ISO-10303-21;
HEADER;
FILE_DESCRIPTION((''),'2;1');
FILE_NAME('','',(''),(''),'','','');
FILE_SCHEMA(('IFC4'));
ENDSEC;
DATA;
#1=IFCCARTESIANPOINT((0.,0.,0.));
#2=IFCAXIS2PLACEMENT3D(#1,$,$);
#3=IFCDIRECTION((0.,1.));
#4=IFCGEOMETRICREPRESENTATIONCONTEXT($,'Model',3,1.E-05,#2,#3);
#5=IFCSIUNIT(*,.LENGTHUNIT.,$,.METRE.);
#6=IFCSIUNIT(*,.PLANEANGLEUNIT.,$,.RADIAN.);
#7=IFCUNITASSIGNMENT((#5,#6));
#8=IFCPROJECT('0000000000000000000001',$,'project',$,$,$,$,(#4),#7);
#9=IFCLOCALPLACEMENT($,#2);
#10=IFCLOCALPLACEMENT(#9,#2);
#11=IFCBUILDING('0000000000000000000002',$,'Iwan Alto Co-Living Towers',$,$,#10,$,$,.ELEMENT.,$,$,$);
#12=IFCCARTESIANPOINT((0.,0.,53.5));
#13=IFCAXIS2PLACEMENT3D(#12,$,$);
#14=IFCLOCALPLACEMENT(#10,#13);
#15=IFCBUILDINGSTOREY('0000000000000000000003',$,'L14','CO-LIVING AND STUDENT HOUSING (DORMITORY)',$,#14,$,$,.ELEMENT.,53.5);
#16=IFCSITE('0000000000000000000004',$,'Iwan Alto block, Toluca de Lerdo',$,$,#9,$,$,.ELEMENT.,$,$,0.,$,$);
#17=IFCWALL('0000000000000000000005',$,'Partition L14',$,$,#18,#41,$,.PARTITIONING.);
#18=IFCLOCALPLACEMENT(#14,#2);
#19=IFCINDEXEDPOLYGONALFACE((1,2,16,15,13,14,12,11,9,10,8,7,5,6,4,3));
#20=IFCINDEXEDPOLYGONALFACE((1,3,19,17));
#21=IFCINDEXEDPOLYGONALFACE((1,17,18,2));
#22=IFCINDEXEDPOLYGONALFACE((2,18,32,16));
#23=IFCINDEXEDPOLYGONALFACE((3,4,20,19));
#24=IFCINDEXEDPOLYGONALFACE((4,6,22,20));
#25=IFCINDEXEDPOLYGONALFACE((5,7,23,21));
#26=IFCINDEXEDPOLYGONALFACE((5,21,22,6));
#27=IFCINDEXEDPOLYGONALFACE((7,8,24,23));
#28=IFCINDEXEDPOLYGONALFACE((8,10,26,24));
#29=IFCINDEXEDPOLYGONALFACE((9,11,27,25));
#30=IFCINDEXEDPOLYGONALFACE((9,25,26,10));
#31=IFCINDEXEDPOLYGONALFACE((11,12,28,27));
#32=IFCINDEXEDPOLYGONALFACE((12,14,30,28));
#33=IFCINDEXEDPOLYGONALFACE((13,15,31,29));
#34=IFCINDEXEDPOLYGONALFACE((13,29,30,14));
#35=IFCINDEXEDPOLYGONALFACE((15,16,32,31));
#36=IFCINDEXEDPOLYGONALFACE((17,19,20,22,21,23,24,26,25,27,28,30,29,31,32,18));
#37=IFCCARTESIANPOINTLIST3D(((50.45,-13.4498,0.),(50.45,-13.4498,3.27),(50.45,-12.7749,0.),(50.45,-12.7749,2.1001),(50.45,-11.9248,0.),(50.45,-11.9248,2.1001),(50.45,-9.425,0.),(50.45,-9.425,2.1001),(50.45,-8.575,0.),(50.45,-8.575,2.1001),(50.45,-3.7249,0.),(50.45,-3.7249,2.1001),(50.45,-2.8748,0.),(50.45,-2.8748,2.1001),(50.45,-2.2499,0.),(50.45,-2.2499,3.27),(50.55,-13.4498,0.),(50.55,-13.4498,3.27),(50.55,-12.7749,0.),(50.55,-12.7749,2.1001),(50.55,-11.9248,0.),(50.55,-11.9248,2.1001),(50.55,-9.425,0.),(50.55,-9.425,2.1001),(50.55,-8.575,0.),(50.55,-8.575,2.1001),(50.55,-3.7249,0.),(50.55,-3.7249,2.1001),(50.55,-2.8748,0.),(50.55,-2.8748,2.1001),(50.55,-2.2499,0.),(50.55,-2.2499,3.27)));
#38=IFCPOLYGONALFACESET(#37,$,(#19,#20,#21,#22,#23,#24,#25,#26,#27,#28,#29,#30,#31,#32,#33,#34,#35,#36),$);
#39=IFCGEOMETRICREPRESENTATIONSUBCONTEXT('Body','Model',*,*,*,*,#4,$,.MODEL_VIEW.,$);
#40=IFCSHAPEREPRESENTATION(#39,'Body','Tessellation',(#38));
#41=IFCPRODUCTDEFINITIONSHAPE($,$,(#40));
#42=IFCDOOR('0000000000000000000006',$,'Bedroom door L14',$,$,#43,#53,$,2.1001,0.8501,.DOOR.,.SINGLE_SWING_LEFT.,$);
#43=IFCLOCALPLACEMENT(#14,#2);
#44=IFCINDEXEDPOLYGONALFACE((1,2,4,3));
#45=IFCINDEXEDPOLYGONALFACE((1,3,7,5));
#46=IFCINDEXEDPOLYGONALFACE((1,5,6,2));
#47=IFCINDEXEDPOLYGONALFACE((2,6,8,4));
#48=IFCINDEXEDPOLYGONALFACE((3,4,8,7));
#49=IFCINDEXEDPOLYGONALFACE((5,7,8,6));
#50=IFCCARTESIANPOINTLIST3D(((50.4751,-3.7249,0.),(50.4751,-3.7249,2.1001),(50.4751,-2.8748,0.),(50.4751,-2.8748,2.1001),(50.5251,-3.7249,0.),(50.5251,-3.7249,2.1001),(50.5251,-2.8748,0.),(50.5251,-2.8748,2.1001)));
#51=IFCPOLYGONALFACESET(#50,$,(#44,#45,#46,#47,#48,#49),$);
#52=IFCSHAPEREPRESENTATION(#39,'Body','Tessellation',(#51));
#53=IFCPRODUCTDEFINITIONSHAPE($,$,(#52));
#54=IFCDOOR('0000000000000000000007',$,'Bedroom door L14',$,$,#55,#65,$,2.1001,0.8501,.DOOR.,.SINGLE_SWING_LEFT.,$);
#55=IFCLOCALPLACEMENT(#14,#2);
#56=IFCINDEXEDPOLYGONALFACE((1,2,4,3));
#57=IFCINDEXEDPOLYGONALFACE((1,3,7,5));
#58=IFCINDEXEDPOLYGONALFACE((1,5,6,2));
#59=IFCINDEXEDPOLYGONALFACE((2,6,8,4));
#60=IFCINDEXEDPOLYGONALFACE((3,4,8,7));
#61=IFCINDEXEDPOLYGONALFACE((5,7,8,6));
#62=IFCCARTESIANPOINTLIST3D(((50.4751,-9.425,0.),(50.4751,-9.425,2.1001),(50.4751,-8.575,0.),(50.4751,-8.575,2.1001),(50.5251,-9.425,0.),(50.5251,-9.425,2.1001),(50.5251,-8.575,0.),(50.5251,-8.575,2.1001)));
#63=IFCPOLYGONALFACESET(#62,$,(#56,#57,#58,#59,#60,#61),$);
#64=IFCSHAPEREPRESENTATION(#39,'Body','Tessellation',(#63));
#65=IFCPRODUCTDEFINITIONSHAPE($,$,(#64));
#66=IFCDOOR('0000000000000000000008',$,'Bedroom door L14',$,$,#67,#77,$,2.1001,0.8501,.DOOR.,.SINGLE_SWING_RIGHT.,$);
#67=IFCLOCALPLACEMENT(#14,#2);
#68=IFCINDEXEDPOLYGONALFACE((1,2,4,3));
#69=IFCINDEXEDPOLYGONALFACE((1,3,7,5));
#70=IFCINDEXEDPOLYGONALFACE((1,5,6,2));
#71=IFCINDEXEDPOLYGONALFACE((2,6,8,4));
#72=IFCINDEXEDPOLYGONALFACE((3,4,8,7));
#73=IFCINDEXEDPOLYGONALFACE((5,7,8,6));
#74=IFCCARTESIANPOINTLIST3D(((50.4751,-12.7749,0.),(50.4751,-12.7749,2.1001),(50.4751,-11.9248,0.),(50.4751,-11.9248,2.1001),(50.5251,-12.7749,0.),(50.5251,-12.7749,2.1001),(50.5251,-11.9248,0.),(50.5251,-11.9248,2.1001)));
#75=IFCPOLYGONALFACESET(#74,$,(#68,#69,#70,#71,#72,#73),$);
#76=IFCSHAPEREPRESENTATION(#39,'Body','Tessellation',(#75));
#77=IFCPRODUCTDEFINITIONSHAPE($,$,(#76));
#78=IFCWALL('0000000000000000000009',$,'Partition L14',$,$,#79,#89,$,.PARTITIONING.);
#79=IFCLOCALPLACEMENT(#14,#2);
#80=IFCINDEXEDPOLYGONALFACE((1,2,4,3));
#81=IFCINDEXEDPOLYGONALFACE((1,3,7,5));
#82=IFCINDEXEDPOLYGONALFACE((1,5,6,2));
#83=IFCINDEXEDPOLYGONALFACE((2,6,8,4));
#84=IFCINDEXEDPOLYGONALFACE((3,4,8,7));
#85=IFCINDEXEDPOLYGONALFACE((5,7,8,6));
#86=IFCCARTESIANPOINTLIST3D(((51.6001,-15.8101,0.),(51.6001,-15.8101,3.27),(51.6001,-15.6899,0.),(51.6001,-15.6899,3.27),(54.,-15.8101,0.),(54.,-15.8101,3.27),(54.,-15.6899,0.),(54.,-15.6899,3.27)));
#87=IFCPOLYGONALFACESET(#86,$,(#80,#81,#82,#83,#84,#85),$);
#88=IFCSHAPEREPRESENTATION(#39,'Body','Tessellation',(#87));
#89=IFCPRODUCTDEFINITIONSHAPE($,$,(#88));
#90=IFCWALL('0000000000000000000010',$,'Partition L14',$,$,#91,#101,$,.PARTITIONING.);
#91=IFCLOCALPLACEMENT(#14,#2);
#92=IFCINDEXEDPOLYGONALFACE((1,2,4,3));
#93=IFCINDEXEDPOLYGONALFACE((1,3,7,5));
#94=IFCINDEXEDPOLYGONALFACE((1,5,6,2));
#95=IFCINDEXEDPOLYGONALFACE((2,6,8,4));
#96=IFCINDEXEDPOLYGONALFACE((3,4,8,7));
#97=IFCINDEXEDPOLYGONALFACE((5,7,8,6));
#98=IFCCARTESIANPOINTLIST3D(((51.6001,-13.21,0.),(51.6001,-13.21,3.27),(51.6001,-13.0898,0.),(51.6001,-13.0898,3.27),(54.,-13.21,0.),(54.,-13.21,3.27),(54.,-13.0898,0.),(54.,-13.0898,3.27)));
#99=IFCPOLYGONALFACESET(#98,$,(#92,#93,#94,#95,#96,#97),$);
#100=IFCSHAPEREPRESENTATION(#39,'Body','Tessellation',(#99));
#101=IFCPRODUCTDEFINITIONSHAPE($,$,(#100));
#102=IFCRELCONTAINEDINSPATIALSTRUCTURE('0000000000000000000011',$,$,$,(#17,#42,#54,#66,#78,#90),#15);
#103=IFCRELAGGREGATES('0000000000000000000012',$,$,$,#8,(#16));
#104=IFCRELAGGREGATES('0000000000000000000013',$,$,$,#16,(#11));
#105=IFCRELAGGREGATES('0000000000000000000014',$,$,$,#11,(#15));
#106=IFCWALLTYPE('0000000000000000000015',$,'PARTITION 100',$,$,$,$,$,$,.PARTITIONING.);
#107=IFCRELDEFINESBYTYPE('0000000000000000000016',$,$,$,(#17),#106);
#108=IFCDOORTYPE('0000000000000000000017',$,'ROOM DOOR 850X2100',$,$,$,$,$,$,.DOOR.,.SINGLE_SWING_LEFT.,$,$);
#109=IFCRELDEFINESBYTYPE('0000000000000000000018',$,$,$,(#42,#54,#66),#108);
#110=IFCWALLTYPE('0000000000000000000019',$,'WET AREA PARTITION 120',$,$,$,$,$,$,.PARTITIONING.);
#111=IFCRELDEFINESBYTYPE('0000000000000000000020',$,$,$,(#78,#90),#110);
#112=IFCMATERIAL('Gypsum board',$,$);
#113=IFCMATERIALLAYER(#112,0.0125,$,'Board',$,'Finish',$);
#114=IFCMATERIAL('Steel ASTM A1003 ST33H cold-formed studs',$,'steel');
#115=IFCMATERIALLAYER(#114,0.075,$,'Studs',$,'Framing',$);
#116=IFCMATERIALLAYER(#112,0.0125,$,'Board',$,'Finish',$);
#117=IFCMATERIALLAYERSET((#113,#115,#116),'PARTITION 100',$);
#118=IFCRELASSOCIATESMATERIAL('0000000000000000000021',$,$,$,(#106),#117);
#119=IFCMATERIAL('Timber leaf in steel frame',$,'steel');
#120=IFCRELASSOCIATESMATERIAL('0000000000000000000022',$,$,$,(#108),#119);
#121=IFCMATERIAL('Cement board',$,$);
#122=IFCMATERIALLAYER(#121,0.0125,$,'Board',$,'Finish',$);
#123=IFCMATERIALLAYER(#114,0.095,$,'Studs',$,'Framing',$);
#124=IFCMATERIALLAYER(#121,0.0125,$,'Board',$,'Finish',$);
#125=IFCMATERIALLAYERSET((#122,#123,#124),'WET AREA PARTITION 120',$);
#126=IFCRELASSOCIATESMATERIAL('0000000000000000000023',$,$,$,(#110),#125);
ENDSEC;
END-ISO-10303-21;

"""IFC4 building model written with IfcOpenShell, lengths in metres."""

from ifc_helpers import new_model, si_unit, direction, frame, frame_2d, origin, place, context, subcontext, project, spatial, rectangle, extrude, material, layer, layer_set, type_object, element, fill, save


model = new_model("IFC4")

# Units and contexts
model_context = context("Model", 3, precision=1e-05, world=origin(), true_north=direction((0.0, 1.0)))
body_context = subcontext(model_context, "Body", "Model", "MODEL_VIEW")
ifc_project = project(units=[si_unit("LENGTHUNIT", "METRE"), si_unit("PLANEANGLEUNIT", "RADIAN")], contexts=[model_context])

# Site, building, storey
site_placement = place(None, origin())
site = spatial("IfcSite", under=ifc_project, at=site_placement, Name="Iwan Alto block, Toluca de Lerdo", CompositionType="ELEMENT", RefElevation=0.0)
building_placement = place(site_placement, origin())
building = spatial("IfcBuilding", under=site, at=building_placement, Name="Iwan Alto Co-Living Towers", CompositionType="ELEMENT")
storey_placement = place(building_placement, frame((0.0, 0.0, 53.5)))
storey = spatial("IfcBuildingStorey", under=building, at=storey_placement, Name="L14", Description="CO-LIVING AND STUDENT HOUSING (DORMITORY)", CompositionType="ELEMENT", Elevation=53.5)

# Shared definitions
ifc_material_1 = material(Name="Gypsum board")
ifc_material_2 = material(Name="Steel ASTM A1003 ST33H cold-formed studs", Category="steel")

# Shared definitions
ifc_layer_1 = layer(ifc_material_1, 0.0125, Name="Board", Category="Finish")
ifc_layer_2 = layer(ifc_material_2, 0.075, Name="Studs", Category="Framing")
ifc_layer_3 = layer(ifc_material_1, 0.0125, Name="Board", Category="Finish")
ifc_layer_set_1 = layer_set([ifc_layer_1, ifc_layer_2, ifc_layer_3], Name="PARTITION 100")
wall_type_1 = type_object("IfcWallType", Name="PARTITION 100", PredefinedType="PARTITIONING", material=ifc_layer_set_1)

# Wall, openings, doors
wall_1_placement = place(storey_placement, frame((50.5, -13.45, 0.0), z_axis=(0.0, 0.0, 1.0), x_axis=(0.0, 1.0, 0.0)))
wall_1 = element("IfcWall", 1, at=wall_1_placement, inside=storey, type_object=wall_type_1, Name="Partition L14", PredefinedType="PARTITIONING", context=body_context, shape_type="SweptSolid", body=[
    extrude(rectangle(XDim=11.2, YDim=0.1001, at=frame_2d((5.6001, 0.0))), origin(), (0.0, 0.0, 1.0), 3.27),
])
opening_1_placement = place(wall_1_placement, frame((9.7251, 0.0, 0.0)))
opening_1 = element("IfcOpeningElement", 2, at=opening_1_placement, cuts=wall_1, PredefinedType="OPENING", context=body_context, shape_type="SweptSolid", body=[
    extrude(rectangle(XDim=0.8501, YDim=2.1001, at=frame_2d((0.425, 1.05))), frame((0.0, 0.0601, 0.0), z_axis=(0.0, -1.0, 0.0), x_axis=(1.0, 0.0, 0.0)), (0.0, 0.0, 1.0), 0.1201),
])
opening_2_placement = place(wall_1_placement, frame((4.0249, 0.0, 0.0)))
opening_2 = element("IfcOpeningElement", 3, at=opening_2_placement, cuts=wall_1, PredefinedType="OPENING", context=body_context, shape_type="SweptSolid", body=[
    extrude(rectangle(XDim=0.8501, YDim=2.1001, at=frame_2d((0.425, 1.05))), frame((0.0, 0.0601, 0.0), z_axis=(0.0, -1.0, 0.0), x_axis=(1.0, 0.0, 0.0)), (0.0, 0.0, 1.0), 0.1201),
])
opening_3_placement = place(wall_1_placement, frame((0.675, 0.0, 0.0)))
opening_3 = element("IfcOpeningElement", 4, at=opening_3_placement, cuts=wall_1, PredefinedType="OPENING", context=body_context, shape_type="SweptSolid", body=[
    extrude(rectangle(XDim=0.8501, YDim=2.1001, at=frame_2d((0.425, 1.05))), frame((0.0, 0.0601, 0.0), z_axis=(0.0, -1.0, 0.0), x_axis=(1.0, 0.0, 0.0)), (0.0, 0.0, 1.0), 0.1201),
])
ifc_material_3 = material(Name="Timber leaf in steel frame", Category="steel")
door_type_1 = type_object("IfcDoorType", Name="ROOM DOOR 850X2100", OperationType="SINGLE_SWING_LEFT", PredefinedType="DOOR", material=ifc_material_3)
door_1_placement = place(opening_1_placement, origin())
door_1 = element("IfcDoor", 5, at=door_1_placement, inside=storey, type_object=door_type_1, Name="Bedroom door L14", OperationType="SINGLE_SWING_LEFT", OverallHeight=2.1001, OverallWidth=0.8501, PredefinedType="DOOR", context=body_context, shape_type="SweptSolid", body=[
    extrude(rectangle(XDim=0.8501, YDim=2.1001, at=frame_2d((0.425, 1.05))), frame((0.0, 0.0249, 0.0), z_axis=(0.0, -1.0, 0.0), x_axis=(1.0, 0.0, 0.0)), (0.0, 0.0, 1.0), 0.05),
])
fill(opening_1, door_1)
door_2_placement = place(opening_2_placement, origin())
door_2 = element("IfcDoor", 6, at=door_2_placement, inside=storey, type_object=door_type_1, Name="Bedroom door L14", OperationType="SINGLE_SWING_LEFT", OverallHeight=2.1001, OverallWidth=0.8501, PredefinedType="DOOR", context=body_context, shape_type="SweptSolid", body=[
    extrude(rectangle(XDim=0.8501, YDim=2.1001, at=frame_2d((0.425, 1.05))), frame((0.0, 0.0249, 0.0), z_axis=(0.0, -1.0, 0.0), x_axis=(1.0, 0.0, 0.0)), (0.0, 0.0, 1.0), 0.05),
])
fill(opening_2, door_2)
door_3_placement = place(opening_3_placement, origin())
door_3 = element("IfcDoor", 7, at=door_3_placement, inside=storey, type_object=door_type_1, Name="Bedroom door L14", OperationType="SINGLE_SWING_RIGHT", OverallHeight=2.1001, OverallWidth=0.8501, PredefinedType="DOOR", context=body_context, shape_type="SweptSolid", body=[
    extrude(rectangle(XDim=0.8501, YDim=2.1001, at=frame_2d((0.425, 1.05))), frame((0.0, 0.0249, 0.0), z_axis=(0.0, -1.0, 0.0), x_axis=(1.0, 0.0, 0.0)), (0.0, 0.0, 1.0), 0.05),
])
fill(opening_3, door_3)

# Walls
ifc_material_4 = material(Name="Cement board")
ifc_layer_4 = layer(ifc_material_4, 0.0125, Name="Board", Category="Finish")
ifc_layer_5 = layer(ifc_material_2, 0.095, Name="Studs", Category="Framing")
ifc_layer_6 = layer(ifc_material_4, 0.0125, Name="Board", Category="Finish")
ifc_layer_set_2 = layer_set([ifc_layer_4, ifc_layer_5, ifc_layer_6], Name="WET AREA PARTITION 120")
wall_type_2 = type_object("IfcWallType", Name="WET AREA PARTITION 120", PredefinedType="PARTITIONING", material=ifc_layer_set_2)
for number, where, z_axis, x_axis, name in (
    (8, (51.6001, -15.75, 0.0), (0.0, 0.0, 1.0), (1.0, 0.0, 0.0), "Partition L14"),
    (9, (51.6001, -13.1499, 0.0), (0.0, 0.0, 1.0), (1.0, 0.0, 0.0), "Partition L14"),
):
    element("IfcWall", number, at=place(storey_placement, frame(where, z_axis=z_axis, x_axis=x_axis)), inside=storey, type_object=wall_type_2, Name=name, PredefinedType="PARTITIONING", context=body_context, shape_type="SweptSolid", body=[
        extrude(rectangle(XDim=2.3999, YDim=0.1201, at=frame_2d((1.2, 0.0))), origin(), (0.0, 0.0, 1.0), 3.27),
    ])

save(model, "model.ifc")
